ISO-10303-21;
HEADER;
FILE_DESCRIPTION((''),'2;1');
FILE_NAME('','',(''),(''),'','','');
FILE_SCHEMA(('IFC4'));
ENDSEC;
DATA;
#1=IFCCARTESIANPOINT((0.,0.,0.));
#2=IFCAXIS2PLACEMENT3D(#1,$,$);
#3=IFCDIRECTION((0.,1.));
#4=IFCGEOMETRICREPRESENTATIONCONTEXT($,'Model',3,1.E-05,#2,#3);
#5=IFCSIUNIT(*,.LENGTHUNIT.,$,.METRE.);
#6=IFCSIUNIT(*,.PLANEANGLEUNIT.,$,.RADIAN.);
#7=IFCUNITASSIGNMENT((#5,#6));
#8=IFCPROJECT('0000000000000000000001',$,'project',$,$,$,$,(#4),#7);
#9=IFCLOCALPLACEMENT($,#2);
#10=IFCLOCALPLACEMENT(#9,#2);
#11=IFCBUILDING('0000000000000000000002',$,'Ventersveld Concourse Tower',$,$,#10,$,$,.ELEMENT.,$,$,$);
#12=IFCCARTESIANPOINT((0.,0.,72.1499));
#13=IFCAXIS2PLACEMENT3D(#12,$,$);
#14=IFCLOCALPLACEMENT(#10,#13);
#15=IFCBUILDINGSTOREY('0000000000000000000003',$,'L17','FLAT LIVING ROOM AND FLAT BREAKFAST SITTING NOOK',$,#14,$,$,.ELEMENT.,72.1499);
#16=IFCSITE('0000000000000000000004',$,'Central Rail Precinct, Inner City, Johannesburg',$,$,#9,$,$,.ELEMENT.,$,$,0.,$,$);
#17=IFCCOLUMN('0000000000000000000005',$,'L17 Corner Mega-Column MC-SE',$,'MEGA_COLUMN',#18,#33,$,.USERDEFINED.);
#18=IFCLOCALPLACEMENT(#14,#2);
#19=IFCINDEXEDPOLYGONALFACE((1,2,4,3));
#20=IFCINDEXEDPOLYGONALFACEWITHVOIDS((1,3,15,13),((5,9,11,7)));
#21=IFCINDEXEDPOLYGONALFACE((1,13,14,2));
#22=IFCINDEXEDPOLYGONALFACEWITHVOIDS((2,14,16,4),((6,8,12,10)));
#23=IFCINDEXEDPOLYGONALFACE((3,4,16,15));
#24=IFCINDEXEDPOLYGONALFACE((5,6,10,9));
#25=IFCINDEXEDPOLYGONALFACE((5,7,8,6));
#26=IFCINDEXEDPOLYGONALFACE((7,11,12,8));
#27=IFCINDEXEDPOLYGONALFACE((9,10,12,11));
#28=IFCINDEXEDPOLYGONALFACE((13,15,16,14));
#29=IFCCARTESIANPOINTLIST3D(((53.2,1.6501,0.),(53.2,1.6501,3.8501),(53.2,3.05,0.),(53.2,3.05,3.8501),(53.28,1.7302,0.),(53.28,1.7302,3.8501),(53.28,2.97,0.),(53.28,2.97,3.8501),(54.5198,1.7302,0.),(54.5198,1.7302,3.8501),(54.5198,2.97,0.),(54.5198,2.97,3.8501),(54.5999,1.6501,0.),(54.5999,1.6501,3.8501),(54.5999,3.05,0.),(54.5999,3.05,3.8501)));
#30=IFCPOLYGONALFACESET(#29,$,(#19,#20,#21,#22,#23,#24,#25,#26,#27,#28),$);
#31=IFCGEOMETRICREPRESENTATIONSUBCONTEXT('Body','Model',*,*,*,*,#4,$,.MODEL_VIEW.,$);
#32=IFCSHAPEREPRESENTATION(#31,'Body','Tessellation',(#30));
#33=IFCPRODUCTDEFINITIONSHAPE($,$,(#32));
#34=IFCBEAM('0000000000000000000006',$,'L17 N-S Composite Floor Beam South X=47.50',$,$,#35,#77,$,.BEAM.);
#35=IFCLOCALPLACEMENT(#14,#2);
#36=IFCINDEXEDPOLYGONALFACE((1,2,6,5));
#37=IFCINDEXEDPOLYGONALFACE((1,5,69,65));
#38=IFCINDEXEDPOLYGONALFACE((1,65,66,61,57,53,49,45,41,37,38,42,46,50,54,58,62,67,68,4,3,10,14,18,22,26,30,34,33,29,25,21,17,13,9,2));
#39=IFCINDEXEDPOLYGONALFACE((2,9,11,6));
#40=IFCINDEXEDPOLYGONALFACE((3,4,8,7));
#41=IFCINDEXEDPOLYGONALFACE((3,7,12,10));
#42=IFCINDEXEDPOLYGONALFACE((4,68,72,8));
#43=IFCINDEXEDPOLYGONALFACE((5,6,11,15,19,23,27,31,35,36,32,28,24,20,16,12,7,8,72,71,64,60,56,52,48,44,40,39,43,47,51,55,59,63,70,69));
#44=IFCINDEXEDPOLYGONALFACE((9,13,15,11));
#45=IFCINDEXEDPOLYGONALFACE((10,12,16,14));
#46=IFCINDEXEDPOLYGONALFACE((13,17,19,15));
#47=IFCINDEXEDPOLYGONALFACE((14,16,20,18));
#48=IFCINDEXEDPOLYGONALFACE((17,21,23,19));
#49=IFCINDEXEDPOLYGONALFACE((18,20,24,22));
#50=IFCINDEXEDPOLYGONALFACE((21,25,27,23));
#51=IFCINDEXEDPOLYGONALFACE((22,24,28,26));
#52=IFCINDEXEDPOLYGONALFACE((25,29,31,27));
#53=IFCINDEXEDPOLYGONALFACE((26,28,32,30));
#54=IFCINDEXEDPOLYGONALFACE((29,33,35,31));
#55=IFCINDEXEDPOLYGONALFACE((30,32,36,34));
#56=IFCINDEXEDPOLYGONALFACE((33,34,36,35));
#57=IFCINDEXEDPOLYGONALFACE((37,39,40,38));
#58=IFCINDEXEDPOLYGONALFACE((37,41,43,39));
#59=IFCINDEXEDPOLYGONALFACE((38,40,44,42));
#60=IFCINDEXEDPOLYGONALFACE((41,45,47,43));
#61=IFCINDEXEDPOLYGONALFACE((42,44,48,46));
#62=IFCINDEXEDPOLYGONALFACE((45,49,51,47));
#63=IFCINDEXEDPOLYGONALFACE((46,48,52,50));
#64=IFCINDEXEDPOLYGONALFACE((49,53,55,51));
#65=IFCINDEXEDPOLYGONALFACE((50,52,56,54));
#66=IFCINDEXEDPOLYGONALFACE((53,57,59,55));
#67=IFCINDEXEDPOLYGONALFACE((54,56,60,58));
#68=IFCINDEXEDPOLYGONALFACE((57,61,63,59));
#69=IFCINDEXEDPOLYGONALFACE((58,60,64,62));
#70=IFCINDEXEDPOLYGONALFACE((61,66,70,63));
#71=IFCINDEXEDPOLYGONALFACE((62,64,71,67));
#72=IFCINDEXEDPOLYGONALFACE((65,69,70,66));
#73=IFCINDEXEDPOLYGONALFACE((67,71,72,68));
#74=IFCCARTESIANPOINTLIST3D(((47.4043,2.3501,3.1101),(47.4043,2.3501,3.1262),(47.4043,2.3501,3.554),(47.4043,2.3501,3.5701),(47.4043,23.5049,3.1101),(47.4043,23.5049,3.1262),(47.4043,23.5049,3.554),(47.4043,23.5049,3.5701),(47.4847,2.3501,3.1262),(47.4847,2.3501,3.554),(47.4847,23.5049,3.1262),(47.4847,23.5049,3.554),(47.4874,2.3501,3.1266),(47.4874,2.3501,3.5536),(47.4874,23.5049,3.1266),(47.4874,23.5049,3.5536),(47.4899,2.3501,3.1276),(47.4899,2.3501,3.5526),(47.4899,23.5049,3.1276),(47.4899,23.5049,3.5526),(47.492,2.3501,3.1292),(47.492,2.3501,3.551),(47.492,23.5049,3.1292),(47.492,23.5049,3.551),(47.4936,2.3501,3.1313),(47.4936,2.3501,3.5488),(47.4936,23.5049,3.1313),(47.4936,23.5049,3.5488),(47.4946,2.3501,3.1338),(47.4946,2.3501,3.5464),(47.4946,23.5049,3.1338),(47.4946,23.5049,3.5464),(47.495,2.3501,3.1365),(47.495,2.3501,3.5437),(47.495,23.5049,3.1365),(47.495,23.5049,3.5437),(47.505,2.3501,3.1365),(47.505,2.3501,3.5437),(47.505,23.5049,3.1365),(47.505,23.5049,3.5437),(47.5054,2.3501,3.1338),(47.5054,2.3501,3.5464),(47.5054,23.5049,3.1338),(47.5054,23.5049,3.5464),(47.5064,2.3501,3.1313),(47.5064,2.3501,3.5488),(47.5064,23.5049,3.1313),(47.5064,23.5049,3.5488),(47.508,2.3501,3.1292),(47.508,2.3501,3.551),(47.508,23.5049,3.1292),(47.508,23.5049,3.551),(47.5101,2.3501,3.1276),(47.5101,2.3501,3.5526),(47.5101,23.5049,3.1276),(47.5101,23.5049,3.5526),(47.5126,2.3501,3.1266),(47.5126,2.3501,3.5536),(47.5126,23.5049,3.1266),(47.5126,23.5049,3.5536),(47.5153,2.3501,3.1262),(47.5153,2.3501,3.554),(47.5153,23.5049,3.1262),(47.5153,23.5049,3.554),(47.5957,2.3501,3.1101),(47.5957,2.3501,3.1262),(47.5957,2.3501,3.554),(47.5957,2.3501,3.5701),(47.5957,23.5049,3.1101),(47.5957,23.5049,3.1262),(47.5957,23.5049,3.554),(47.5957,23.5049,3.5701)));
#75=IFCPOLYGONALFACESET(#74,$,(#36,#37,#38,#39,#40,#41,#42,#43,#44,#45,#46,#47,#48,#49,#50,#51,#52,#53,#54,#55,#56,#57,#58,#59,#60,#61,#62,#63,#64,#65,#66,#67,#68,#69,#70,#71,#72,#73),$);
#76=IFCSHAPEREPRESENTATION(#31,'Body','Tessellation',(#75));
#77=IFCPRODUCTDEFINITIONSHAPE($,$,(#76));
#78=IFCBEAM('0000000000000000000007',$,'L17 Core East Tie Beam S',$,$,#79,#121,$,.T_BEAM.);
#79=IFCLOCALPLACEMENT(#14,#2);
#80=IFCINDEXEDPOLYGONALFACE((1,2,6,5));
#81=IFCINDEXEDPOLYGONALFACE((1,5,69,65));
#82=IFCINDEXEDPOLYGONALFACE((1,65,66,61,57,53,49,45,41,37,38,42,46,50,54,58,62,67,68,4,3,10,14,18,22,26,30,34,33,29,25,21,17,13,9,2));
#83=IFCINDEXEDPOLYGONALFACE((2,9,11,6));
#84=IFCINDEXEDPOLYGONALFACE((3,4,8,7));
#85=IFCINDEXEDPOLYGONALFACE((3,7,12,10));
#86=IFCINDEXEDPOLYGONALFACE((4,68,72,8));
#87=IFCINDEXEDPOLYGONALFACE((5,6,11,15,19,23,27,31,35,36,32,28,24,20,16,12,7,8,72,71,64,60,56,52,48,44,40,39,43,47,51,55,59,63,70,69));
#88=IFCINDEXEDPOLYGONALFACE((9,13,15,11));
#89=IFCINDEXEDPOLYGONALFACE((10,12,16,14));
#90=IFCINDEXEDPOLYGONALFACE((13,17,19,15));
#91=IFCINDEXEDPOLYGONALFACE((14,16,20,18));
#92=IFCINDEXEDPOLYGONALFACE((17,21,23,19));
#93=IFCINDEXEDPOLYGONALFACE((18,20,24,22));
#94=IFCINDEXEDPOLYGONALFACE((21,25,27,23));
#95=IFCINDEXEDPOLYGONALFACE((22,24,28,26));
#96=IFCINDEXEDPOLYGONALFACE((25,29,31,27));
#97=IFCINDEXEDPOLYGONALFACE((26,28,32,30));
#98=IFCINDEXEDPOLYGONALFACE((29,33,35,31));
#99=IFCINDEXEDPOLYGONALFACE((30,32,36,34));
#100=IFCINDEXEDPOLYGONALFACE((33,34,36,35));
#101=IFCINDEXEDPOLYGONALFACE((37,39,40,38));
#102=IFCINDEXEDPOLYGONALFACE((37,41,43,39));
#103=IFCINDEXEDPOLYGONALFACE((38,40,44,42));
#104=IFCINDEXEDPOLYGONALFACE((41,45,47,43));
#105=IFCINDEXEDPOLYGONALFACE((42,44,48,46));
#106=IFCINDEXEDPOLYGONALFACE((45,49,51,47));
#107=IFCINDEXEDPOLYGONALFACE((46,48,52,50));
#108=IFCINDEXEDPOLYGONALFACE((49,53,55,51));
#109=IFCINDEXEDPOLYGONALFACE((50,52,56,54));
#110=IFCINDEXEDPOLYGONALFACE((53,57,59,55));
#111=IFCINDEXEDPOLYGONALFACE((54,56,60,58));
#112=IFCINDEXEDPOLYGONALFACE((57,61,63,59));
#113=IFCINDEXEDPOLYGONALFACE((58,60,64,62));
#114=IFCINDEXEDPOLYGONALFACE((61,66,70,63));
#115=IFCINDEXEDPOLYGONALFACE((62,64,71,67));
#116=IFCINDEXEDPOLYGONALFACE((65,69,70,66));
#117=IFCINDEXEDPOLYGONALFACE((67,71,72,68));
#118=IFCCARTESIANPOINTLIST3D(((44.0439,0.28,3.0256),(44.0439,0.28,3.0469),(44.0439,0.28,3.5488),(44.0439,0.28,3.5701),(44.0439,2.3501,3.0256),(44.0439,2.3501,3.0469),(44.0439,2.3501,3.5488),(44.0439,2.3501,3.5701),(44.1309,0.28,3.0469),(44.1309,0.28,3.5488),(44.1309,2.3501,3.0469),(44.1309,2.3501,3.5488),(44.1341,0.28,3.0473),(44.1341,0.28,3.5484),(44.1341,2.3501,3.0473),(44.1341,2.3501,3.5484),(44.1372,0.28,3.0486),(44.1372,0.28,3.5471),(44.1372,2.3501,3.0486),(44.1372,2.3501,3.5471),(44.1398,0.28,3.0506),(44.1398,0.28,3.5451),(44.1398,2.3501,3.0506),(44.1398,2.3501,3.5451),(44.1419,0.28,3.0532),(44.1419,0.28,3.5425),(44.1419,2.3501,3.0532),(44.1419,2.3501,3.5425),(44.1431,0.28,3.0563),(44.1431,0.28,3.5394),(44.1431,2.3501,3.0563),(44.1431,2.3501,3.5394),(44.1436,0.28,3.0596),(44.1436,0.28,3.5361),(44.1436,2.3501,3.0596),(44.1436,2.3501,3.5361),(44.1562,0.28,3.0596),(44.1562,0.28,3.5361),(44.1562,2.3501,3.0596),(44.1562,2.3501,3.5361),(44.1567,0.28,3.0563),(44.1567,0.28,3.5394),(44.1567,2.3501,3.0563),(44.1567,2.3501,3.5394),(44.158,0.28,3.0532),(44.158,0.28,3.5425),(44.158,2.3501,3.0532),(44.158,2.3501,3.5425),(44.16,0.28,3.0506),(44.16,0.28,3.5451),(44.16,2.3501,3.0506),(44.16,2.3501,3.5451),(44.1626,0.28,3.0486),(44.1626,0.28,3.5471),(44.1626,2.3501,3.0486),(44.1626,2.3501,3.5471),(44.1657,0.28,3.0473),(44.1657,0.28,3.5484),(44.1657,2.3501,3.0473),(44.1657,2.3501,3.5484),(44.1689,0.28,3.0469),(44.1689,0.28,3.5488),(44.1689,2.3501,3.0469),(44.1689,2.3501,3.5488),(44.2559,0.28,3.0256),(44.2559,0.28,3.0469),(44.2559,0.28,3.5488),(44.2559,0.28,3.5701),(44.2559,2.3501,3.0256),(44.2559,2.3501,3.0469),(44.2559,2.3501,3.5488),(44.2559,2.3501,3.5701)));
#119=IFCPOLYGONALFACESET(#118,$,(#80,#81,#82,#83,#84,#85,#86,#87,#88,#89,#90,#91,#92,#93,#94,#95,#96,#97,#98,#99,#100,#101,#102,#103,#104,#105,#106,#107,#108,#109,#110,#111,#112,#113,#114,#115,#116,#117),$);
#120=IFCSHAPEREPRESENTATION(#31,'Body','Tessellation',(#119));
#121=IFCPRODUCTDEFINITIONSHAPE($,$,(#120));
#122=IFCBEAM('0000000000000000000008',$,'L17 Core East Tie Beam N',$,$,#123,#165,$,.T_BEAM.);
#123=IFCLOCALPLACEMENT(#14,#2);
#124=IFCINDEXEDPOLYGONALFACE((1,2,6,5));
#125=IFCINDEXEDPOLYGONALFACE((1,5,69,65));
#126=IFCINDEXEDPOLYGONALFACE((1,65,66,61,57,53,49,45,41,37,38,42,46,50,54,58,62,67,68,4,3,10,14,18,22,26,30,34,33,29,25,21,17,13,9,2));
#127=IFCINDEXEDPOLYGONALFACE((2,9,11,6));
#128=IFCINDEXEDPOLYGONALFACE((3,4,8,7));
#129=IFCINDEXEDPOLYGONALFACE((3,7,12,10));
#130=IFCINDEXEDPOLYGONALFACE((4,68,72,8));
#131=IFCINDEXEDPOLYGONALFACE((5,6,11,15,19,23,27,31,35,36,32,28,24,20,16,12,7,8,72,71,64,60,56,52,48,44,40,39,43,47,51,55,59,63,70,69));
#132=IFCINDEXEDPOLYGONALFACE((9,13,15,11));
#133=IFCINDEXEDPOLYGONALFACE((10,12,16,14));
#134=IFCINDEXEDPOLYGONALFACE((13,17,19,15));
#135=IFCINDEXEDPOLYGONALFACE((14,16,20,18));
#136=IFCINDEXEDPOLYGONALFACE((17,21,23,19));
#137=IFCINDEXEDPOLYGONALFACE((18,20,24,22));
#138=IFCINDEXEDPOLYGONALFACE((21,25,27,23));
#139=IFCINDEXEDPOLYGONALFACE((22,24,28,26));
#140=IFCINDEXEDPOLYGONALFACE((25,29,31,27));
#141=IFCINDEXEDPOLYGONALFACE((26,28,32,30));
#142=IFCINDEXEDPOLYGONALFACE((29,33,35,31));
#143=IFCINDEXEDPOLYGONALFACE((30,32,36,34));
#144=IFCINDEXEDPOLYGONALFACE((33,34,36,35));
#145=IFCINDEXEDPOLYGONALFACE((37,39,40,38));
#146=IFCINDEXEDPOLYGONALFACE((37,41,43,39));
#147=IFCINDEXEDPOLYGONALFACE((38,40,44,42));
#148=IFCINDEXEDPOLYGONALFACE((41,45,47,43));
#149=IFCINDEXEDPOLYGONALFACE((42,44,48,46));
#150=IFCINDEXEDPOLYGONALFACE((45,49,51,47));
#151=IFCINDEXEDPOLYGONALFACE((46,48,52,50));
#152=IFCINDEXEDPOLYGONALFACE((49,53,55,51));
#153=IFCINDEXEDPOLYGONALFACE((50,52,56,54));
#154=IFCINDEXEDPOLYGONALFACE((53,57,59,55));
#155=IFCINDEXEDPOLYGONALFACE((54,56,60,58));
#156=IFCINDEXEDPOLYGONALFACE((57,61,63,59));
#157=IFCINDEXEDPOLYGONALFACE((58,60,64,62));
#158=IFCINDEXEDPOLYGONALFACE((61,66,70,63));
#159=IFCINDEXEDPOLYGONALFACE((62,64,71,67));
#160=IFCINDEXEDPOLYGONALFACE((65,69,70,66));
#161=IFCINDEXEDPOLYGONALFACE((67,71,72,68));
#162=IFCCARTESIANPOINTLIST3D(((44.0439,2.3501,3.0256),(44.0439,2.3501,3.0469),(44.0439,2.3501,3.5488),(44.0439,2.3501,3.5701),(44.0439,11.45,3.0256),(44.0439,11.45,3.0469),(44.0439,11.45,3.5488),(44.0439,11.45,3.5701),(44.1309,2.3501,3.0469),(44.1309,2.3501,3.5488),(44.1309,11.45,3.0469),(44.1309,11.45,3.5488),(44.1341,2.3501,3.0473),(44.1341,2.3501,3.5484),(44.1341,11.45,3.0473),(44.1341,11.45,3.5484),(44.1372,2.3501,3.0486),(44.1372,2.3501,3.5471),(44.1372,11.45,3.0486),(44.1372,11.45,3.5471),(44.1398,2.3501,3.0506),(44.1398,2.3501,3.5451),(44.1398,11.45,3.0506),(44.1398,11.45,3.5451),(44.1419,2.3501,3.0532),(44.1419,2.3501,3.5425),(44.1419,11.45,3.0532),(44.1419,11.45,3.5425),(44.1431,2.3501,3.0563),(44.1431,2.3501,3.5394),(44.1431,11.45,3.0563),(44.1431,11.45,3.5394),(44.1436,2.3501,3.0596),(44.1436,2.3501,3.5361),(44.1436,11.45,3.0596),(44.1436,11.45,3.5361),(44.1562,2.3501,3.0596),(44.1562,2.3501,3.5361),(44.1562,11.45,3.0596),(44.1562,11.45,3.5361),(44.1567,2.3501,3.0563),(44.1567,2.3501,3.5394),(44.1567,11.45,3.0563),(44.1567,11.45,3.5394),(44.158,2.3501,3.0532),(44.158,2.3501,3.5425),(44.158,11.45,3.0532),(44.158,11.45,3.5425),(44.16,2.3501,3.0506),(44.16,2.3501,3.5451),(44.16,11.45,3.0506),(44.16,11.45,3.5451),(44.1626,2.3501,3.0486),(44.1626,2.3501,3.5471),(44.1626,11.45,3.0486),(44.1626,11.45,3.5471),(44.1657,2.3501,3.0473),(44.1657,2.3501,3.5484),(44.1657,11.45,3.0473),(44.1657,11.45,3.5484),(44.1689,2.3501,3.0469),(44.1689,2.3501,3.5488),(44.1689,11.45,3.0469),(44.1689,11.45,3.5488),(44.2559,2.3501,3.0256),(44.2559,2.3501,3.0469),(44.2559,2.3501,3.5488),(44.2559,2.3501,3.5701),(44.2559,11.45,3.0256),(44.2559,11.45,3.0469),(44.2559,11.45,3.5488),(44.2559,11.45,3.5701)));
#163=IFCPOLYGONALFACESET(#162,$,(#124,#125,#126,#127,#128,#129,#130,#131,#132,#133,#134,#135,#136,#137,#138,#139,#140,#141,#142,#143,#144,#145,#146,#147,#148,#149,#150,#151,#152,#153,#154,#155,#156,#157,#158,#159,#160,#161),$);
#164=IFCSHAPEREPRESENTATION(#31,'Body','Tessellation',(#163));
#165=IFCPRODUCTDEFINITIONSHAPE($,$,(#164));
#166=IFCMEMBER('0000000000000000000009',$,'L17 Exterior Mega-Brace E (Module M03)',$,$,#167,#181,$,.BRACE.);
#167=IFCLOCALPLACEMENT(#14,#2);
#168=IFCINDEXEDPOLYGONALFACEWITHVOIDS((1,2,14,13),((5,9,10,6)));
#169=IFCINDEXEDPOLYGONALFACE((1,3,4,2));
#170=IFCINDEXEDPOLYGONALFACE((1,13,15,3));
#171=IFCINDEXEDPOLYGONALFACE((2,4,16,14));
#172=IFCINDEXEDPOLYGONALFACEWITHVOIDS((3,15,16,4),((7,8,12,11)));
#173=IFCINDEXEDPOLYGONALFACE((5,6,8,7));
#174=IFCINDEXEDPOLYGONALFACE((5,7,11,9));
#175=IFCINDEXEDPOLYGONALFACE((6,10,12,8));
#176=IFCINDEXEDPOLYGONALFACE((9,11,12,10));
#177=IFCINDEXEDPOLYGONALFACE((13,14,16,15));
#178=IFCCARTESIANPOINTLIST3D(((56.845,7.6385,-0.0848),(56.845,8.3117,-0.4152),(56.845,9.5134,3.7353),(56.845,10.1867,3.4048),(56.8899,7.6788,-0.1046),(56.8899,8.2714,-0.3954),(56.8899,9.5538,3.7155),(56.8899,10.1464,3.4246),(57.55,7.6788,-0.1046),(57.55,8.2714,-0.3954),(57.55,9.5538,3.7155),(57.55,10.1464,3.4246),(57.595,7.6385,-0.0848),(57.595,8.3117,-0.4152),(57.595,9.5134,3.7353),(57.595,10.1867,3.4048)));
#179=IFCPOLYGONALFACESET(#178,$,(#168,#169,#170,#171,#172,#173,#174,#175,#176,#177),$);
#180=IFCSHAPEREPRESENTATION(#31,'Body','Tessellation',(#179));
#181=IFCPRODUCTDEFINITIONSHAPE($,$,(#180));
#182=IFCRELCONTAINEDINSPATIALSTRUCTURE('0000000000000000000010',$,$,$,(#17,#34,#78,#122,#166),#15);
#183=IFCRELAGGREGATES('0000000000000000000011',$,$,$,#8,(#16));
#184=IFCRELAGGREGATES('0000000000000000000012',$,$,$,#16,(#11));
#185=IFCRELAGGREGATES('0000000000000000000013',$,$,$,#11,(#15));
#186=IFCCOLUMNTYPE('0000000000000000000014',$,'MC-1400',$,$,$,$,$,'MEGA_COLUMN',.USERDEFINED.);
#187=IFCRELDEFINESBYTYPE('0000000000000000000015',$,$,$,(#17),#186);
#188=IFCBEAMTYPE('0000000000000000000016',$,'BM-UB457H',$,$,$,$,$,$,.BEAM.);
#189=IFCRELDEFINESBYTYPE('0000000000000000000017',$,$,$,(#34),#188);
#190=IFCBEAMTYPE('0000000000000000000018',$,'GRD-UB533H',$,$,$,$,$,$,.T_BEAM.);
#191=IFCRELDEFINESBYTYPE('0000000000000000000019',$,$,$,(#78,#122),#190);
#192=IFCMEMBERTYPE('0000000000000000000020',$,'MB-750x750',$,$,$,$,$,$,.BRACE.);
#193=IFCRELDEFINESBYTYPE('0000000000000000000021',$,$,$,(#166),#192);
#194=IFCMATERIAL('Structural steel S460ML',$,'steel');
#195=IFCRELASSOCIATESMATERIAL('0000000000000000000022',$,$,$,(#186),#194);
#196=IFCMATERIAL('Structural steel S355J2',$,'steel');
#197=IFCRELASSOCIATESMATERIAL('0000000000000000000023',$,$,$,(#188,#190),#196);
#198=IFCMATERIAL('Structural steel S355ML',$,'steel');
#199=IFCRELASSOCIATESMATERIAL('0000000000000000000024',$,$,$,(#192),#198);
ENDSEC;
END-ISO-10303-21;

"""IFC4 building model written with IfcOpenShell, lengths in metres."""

from ifc_helpers import new_model, si_unit, direction, frame, origin, origin_2d, place, context, subcontext, project, spatial, hollow_rectangle, i_section, extrude, material, material_profile, profile_set, type_object, element, save


model = new_model("IFC4")

# Units and contexts
model_context = context("Model", 3, precision=1e-05, world=origin(), true_north=direction((0.0, 1.0)))
body_context = subcontext(model_context, "Body", "Model", "MODEL_VIEW")
ifc_project = project(units=[si_unit("LENGTHUNIT", "METRE"), si_unit("PLANEANGLEUNIT", "RADIAN")], contexts=[model_context])

# Site, building, storey
site_placement = place(None, origin())
site = spatial("IfcSite", under=ifc_project, at=site_placement, Name="Central Rail Precinct, Inner City, Johannesburg", CompositionType="ELEMENT", RefElevation=0.0)
building_placement = place(site_placement, origin())
building = spatial("IfcBuilding", under=site, at=building_placement, Name="Ventersveld Concourse Tower", CompositionType="ELEMENT")
storey_placement = place(building_placement, frame((0.0, 0.0, 72.1499)))
storey = spatial("IfcBuildingStorey", under=building, at=storey_placement, Name="L17", Description="FLAT LIVING ROOM AND FLAT BREAKFAST SITTING NOOK", CompositionType="ELEMENT", Elevation=72.1499)

# Column
ifc_material_1 = material(Name="Structural steel S460ML", Category="steel")
ifc_material_profile_1 = material_profile(ifc_material_1, hollow_rectangle(XDim=1.3999, YDim=1.3999, WallThickness=0.0801, at=origin_2d()), Name="BOX 1400x1400x80")
ifc_profile_set_1 = profile_set([ifc_material_profile_1], Name="Structural steel S460ML")
column_type = type_object("IfcColumnType", Name="MC-1400", ElementType="MEGA_COLUMN", PredefinedType="USERDEFINED", material=ifc_profile_set_1)
column_placement = place(storey_placement, frame((53.8999, 2.3501, 0.0), z_axis=(0.0, 0.0, 1.0), x_axis=(1.0, 0.0, 0.0)))
element("IfcColumn", 1, at=column_placement, inside=storey, type_object=column_type, Name="L17 Corner Mega-Column MC-SE", ObjectType="MEGA_COLUMN", PredefinedType="USERDEFINED", context=body_context, shape_type="SweptSolid", body=[
    extrude(hollow_rectangle(XDim=1.3999, YDim=1.3999, WallThickness=0.0801, at=origin_2d()), origin(), (0.0, 0.0, 1.0), 3.8501),
])

# Beams
ifc_material_2 = material(Name="Structural steel S355J2", Category="steel")
ifc_material_profile_2 = material_profile(ifc_material_2, i_section(OverallWidth=0.1914, OverallDepth=0.46, WebThickness=0.01, FlangeThickness=0.0161, FilletRadius=0.0103, at=origin_2d()), Name="UB 457x191x82")
ifc_profile_set_2 = profile_set([ifc_material_profile_2], Name="Structural steel S355J2")
beam_type_1 = type_object("IfcBeamType", Name="BM-UB457H", PredefinedType="BEAM", material=ifc_profile_set_2)
beam_1_placement = place(storey_placement, frame((47.5, 2.3501, 3.3401), z_axis=(0.0, 1.0, 0.0), x_axis=(-1.0, 0.0, 0.0)))
element("IfcBeam", 2, at=beam_1_placement, inside=storey, type_object=beam_type_1, Name="L17 N-S Composite Floor Beam South X=47.50", PredefinedType="BEAM", context=body_context, shape_type="SweptSolid", body=[
    extrude(i_section(OverallWidth=0.1914, OverallDepth=0.46, WebThickness=0.01, FlangeThickness=0.0161, FilletRadius=0.0103, at=origin_2d()), origin(), (0.0, 0.0, 1.0), 21.1548),
])
ifc_material_profile_3 = material_profile(ifc_material_2, i_section(OverallWidth=0.2119, OverallDepth=0.5444, WebThickness=0.0127, FlangeThickness=0.0212, FilletRadius=0.0127, at=origin_2d()), Name="UB 533x210x122")
ifc_profile_set_3 = profile_set([ifc_material_profile_3], Name="Structural steel S355J2")
beam_type_2 = type_object("IfcBeamType", Name="GRD-UB533H", PredefinedType="T_BEAM", material=ifc_profile_set_3)
beam_2_placement = place(storey_placement, frame((44.1499, 0.28, 3.2979), z_axis=(0.0, 1.0, 0.0), x_axis=(-1.0, 0.0, 0.0)))
element("IfcBeam", 3, at=beam_2_placement, inside=storey, type_object=beam_type_2, Name="L17 Core East Tie Beam S", PredefinedType="T_BEAM", context=body_context, shape_type="SweptSolid", body=[
    extrude(i_section(OverallWidth=0.2119, OverallDepth=0.5444, WebThickness=0.0127, FlangeThickness=0.0212, FilletRadius=0.0127, at=origin_2d()), origin(), (0.0, 0.0, 1.0), 2.0701),
])
beam_3_placement = place(storey_placement, frame((44.1499, 2.3501, 3.2979), z_axis=(0.0, 1.0, 0.0), x_axis=(-1.0, 0.0, 0.0)))
element("IfcBeam", 4, at=beam_3_placement, inside=storey, type_object=beam_type_2, Name="L17 Core East Tie Beam N", PredefinedType="T_BEAM", context=body_context, shape_type="SweptSolid", body=[
    extrude(i_section(OverallWidth=0.2119, OverallDepth=0.5444, WebThickness=0.0127, FlangeThickness=0.0212, FilletRadius=0.0127, at=origin_2d()), origin(), (0.0, 0.0, 1.0), 9.0999),
])

# Member
ifc_material_3 = material(Name="Structural steel S355ML", Category="steel")
ifc_material_profile_4 = material_profile(ifc_material_3, hollow_rectangle(XDim=0.75, YDim=0.75, WallThickness=0.0449, at=origin_2d()), Name="BOX 750x750x45")
ifc_profile_set_4 = profile_set([ifc_material_profile_4], Name="Structural steel S355ML")
member_type = type_object("IfcMemberType", Name="MB-750x750", PredefinedType="BRACE", material=ifc_profile_set_4)
member_placement = place(storey_placement, frame((57.22, 7.9751, -0.25), z_axis=(0.0, 0.440615, 0.897696), x_axis=(-1.0, 0.0, 0.0)))
element("IfcMember", 5, at=member_placement, inside=storey, type_object=member_type, Name="L17 Exterior Mega-Brace E (Module M03)", PredefinedType="BRACE", context=body_context, shape_type="SweptSolid", body=[
    extrude(hollow_rectangle(XDim=0.75, YDim=0.75, WallThickness=0.0449, at=origin_2d()), origin(), (0.0, 0.0, 1.0), 4.2554),
])

save(model, "model.ifc")
